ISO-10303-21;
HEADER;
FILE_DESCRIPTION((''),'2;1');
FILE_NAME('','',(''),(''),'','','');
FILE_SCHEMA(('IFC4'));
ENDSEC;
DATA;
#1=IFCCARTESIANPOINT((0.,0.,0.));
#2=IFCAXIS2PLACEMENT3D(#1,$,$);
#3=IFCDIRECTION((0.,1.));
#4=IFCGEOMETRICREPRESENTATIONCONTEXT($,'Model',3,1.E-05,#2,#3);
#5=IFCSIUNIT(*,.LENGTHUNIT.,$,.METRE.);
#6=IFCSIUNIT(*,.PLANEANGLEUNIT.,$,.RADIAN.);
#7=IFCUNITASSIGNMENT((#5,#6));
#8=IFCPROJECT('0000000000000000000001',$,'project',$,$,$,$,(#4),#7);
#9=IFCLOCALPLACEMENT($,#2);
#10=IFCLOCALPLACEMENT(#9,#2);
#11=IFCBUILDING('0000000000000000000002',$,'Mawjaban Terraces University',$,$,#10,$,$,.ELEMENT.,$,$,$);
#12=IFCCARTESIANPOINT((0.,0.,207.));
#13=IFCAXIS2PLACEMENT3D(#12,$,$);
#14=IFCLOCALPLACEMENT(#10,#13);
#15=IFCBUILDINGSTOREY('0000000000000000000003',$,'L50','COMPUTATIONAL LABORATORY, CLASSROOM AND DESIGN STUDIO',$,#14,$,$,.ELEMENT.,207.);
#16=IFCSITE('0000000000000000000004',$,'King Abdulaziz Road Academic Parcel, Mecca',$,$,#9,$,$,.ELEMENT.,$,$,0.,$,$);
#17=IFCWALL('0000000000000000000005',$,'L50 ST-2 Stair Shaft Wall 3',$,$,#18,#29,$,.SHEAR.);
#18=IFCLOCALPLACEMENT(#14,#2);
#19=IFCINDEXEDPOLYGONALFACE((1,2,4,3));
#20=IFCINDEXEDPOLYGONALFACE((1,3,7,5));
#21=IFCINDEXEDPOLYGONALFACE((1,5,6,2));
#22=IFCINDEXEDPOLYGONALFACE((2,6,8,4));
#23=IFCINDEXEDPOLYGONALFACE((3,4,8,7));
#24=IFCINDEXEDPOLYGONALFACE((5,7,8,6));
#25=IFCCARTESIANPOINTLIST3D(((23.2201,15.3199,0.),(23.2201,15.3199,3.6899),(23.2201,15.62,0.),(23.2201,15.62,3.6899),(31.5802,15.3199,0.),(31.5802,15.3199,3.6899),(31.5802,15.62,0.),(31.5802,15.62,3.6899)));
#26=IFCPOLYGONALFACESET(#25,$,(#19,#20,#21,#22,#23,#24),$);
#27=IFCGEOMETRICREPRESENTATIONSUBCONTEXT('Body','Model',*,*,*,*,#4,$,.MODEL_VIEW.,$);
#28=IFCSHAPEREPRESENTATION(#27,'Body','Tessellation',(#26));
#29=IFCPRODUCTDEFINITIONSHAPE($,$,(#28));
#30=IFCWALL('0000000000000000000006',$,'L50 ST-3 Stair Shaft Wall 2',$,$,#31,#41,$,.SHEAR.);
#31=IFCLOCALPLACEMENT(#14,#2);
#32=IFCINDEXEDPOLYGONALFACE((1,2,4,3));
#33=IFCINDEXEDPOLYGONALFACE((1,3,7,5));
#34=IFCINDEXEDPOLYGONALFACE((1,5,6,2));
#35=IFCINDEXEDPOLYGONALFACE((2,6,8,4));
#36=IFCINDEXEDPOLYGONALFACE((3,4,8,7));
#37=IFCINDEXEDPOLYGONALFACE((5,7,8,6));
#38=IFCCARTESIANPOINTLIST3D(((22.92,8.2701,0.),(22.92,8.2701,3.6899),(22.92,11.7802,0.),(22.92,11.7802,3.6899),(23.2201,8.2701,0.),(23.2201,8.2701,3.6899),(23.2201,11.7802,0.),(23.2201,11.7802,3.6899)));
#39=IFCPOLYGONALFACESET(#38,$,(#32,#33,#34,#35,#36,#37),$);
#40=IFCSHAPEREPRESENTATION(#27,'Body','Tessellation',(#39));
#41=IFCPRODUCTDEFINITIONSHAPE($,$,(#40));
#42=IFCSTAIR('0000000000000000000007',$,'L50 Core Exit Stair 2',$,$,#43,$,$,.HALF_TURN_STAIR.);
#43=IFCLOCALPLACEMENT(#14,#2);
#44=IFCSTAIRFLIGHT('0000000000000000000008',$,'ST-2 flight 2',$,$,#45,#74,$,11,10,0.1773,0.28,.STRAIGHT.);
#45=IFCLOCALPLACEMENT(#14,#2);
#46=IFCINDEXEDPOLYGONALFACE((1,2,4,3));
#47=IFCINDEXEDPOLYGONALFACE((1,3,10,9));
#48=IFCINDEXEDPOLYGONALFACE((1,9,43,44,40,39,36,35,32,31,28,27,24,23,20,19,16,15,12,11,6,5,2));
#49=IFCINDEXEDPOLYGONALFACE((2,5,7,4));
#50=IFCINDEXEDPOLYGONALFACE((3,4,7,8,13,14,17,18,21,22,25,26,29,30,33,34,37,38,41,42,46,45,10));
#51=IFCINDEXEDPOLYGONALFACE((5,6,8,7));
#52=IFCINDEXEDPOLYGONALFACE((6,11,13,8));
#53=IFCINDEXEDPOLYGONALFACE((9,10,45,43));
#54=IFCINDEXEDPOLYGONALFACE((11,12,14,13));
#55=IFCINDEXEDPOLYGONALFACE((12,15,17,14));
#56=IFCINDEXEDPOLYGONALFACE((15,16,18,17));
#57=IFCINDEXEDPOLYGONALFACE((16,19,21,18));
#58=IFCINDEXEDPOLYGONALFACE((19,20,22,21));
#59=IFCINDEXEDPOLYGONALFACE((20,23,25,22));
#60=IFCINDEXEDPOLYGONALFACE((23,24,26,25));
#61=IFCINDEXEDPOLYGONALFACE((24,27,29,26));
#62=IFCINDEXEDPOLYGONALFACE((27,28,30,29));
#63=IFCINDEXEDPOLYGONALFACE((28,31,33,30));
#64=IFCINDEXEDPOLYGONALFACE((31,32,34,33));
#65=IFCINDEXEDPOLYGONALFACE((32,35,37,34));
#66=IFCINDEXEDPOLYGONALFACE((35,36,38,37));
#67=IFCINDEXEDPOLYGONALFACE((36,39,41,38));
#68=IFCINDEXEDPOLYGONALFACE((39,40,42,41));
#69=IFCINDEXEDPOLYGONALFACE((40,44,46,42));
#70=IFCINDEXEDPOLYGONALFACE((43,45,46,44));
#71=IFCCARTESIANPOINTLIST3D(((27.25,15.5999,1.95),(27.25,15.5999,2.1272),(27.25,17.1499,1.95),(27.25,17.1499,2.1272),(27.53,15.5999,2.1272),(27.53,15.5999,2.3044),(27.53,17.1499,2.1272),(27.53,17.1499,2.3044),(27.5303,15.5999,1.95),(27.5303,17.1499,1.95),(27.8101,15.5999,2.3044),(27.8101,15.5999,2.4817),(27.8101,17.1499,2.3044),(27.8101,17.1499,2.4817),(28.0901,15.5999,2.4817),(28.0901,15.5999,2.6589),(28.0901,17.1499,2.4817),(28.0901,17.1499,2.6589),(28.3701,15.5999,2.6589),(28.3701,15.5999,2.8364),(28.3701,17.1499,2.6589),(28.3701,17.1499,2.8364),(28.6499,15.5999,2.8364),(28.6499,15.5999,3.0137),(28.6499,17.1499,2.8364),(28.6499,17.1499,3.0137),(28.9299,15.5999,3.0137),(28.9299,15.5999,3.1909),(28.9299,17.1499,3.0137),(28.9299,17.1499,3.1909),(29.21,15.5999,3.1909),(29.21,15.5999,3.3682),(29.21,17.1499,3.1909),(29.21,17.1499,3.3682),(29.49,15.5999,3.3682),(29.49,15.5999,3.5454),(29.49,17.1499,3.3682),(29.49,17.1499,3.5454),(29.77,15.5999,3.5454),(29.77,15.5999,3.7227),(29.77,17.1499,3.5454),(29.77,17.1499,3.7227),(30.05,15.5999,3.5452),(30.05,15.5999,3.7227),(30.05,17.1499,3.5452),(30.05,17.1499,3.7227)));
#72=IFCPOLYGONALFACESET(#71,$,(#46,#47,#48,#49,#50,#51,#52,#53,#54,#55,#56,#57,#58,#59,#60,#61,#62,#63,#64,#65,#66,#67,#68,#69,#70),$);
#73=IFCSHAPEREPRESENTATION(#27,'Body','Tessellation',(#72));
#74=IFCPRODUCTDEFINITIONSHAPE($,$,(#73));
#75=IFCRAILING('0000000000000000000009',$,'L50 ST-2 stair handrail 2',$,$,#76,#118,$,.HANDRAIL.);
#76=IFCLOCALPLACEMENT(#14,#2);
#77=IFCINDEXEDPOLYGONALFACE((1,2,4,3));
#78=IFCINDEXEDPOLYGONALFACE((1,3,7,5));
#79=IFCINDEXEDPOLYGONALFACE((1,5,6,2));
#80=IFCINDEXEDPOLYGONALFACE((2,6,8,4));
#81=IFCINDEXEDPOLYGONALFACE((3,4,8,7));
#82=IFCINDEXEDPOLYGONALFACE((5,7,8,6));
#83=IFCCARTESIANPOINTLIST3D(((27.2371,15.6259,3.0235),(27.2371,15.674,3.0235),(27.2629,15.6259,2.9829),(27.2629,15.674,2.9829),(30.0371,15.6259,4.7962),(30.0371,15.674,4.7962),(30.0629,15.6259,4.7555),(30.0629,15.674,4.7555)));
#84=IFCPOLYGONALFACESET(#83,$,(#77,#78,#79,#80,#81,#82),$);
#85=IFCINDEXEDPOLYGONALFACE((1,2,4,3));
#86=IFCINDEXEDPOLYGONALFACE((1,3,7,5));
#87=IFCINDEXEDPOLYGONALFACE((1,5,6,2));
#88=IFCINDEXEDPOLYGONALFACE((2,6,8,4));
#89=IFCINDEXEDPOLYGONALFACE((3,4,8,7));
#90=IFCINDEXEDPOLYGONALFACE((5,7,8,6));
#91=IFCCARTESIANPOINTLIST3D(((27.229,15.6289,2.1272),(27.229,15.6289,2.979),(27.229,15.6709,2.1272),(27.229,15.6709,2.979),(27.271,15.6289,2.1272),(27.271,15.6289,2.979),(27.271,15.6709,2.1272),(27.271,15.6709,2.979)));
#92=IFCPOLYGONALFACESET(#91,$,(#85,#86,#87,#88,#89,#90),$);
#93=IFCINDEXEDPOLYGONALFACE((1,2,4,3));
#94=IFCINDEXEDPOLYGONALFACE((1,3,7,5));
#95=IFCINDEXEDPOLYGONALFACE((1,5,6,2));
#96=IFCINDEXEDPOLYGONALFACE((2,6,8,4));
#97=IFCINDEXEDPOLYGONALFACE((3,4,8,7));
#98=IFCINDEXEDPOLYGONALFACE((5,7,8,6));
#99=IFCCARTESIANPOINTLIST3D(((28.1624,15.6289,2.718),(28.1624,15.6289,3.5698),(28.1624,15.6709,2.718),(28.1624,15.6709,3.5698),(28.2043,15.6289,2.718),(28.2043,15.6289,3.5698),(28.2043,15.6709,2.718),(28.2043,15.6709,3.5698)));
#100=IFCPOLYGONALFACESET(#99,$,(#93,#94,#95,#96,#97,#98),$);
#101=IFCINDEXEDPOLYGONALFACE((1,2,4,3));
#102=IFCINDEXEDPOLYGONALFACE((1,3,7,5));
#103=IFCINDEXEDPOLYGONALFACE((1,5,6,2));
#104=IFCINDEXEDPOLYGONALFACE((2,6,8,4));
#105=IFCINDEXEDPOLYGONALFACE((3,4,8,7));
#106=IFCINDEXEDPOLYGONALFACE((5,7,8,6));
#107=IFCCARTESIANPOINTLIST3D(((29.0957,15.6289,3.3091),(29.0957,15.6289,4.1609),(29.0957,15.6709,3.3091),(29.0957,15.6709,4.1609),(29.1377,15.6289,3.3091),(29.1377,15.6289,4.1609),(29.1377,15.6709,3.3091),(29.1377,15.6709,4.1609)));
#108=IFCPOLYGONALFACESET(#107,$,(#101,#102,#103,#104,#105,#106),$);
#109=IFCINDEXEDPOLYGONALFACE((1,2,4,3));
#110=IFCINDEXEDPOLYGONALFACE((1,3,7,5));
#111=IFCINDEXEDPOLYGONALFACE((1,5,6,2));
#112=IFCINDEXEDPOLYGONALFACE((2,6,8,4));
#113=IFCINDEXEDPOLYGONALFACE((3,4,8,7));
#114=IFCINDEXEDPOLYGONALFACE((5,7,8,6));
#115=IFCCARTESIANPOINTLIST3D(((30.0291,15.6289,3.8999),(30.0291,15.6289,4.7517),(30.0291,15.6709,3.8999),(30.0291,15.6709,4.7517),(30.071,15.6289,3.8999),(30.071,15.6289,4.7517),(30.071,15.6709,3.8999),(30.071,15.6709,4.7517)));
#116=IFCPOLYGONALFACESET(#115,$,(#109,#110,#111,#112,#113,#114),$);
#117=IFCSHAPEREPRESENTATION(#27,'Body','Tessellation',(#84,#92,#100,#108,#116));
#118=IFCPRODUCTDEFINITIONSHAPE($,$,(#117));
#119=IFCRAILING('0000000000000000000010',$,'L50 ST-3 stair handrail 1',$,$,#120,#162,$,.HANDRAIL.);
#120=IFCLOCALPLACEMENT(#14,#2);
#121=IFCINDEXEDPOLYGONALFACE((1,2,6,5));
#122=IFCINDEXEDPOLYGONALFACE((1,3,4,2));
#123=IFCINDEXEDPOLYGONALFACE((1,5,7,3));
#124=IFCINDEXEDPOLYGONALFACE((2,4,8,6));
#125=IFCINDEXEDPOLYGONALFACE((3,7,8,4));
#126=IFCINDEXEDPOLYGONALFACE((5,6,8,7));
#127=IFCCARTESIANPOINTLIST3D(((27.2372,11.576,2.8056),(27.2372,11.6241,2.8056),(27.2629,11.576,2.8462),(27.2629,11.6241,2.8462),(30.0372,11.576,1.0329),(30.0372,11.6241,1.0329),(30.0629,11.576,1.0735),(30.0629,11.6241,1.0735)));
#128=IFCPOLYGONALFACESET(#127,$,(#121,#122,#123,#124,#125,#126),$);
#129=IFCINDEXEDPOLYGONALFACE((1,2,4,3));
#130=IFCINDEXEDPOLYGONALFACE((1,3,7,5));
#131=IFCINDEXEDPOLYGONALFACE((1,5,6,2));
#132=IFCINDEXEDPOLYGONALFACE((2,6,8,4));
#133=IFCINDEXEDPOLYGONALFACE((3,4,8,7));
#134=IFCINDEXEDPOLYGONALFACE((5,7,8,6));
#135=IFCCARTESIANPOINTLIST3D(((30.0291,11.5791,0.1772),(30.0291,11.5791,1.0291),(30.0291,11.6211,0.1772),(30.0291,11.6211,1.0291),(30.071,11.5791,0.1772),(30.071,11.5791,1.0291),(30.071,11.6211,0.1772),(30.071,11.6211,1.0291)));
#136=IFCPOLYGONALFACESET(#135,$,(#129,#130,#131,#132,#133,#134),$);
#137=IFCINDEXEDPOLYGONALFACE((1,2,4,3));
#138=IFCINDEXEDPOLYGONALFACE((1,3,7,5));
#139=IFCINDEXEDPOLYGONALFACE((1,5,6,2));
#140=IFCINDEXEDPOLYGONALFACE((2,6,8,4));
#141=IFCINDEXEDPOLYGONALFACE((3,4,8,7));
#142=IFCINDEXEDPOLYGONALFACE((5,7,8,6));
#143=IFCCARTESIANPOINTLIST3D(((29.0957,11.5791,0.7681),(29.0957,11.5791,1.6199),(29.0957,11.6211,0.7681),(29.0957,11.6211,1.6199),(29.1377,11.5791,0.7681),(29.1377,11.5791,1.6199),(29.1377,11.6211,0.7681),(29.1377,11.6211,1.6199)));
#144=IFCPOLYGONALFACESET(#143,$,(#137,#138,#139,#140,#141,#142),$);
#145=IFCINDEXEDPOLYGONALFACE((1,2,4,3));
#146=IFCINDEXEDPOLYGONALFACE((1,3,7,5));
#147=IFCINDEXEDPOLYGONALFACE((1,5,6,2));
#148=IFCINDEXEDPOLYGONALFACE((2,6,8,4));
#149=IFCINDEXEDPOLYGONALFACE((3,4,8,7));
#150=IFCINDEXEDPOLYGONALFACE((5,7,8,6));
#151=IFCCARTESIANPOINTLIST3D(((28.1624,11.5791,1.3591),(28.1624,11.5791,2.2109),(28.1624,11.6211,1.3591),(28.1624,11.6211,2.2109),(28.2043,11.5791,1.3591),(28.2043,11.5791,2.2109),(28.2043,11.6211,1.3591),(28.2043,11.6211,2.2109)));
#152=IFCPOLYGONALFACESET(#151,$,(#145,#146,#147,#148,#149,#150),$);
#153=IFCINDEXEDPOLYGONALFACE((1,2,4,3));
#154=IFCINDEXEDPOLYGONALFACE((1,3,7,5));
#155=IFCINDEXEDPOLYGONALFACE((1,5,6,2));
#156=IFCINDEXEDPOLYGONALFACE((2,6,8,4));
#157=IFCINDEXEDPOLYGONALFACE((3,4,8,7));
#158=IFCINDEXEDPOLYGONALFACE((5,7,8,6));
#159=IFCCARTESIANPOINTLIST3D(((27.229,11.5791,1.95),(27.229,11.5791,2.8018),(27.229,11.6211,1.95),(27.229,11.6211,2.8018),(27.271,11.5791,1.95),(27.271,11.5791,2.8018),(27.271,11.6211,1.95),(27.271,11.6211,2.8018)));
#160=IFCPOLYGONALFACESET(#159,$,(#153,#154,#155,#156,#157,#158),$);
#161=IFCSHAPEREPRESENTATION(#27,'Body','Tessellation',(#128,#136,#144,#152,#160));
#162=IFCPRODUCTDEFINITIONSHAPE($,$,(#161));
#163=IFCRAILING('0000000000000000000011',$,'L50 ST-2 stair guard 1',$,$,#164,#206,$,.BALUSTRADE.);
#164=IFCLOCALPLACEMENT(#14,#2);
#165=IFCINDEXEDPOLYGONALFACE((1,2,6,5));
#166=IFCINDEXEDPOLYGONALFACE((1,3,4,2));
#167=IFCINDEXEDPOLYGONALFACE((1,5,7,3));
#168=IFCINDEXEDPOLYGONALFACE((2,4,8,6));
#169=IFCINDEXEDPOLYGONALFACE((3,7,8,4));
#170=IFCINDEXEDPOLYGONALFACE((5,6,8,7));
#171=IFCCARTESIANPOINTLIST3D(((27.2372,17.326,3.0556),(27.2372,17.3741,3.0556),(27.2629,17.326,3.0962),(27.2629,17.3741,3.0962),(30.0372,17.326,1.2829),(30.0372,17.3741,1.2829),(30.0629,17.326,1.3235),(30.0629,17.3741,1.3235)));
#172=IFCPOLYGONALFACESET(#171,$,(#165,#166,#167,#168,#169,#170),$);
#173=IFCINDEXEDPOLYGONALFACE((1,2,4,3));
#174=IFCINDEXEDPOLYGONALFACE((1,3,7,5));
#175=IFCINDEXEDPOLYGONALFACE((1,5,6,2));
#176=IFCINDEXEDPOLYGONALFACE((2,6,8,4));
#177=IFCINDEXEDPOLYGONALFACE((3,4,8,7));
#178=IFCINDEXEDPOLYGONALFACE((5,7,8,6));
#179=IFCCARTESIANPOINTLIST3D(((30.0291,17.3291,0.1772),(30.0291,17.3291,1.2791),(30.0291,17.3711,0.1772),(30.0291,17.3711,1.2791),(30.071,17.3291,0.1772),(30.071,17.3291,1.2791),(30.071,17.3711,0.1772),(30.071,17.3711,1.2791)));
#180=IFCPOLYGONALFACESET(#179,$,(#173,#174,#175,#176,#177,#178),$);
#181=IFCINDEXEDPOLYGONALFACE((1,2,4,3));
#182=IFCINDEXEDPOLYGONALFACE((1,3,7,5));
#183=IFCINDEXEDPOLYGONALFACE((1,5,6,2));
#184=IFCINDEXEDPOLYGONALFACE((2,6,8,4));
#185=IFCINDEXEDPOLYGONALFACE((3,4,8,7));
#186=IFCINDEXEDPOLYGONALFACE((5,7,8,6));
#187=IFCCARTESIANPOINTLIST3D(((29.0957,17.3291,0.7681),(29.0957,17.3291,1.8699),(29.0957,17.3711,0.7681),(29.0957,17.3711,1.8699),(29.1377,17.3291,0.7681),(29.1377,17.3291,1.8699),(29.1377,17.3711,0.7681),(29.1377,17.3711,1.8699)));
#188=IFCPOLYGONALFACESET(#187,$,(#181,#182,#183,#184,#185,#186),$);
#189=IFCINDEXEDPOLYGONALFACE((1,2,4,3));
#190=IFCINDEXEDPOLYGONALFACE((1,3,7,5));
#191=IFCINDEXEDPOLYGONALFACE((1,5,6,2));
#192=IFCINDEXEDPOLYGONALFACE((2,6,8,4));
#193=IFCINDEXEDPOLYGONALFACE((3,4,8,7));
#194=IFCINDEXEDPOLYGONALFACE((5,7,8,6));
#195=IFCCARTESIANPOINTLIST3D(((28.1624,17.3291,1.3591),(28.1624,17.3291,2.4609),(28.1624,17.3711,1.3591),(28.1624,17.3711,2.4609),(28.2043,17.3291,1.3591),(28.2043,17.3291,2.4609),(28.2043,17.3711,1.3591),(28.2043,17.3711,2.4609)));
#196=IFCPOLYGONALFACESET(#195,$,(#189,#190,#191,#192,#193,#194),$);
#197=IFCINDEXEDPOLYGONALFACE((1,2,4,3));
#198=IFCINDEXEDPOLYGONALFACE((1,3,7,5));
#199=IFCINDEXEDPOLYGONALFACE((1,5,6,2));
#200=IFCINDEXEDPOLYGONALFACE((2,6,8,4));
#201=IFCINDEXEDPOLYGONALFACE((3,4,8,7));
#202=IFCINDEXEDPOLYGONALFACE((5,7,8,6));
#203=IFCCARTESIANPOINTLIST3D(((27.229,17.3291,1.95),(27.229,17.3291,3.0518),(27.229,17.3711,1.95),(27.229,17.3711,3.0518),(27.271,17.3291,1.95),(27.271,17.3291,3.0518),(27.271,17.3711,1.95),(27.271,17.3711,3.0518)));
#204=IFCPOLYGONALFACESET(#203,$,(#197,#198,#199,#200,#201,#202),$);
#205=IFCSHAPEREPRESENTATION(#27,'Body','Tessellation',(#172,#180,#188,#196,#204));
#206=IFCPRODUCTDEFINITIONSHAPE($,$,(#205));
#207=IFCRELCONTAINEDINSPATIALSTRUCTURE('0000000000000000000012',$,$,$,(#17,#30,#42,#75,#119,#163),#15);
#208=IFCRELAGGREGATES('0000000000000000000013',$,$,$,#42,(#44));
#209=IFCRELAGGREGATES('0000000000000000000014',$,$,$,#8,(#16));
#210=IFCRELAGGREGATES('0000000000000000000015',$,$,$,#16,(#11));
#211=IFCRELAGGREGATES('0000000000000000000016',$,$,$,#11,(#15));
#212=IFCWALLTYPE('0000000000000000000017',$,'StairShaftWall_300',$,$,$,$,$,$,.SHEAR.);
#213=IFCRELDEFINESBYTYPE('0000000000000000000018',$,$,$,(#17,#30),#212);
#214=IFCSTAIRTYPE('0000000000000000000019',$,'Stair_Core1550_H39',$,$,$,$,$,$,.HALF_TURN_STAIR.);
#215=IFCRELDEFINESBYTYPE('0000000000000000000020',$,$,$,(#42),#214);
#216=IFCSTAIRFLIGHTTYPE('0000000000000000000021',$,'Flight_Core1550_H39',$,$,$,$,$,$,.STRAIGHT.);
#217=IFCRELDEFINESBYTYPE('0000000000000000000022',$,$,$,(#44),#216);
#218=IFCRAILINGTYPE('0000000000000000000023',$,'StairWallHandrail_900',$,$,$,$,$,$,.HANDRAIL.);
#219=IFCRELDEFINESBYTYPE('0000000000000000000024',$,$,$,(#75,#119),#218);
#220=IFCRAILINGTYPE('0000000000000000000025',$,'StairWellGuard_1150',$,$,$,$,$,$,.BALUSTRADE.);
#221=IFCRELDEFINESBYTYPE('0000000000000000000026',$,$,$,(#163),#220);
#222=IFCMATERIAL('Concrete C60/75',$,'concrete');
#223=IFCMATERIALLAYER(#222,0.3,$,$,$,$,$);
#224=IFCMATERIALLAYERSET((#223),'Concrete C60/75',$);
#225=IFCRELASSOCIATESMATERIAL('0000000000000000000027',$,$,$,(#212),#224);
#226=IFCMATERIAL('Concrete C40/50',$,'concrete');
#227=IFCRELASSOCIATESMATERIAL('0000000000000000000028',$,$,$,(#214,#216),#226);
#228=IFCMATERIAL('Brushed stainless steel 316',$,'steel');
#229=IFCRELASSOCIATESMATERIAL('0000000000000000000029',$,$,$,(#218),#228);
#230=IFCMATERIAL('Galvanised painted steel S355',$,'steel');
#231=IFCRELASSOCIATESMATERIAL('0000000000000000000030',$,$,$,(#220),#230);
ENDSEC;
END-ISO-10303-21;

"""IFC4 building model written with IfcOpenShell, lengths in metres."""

from ifc_helpers import new_model, si_unit, direction, frame, frame_2d, origin, origin_2d, place, context, subcontext, project, spatial, polyline, rectangle, outline, extrude, material, layer, layer_set, type_object, element, aggregate, save


model = new_model("IFC4")

# Units and contexts
model_context = context("Model", 3, precision=1e-05, world=origin(), true_north=direction((0.0, 1.0)))
body_context = subcontext(model_context, "Body", "Model", "MODEL_VIEW")
ifc_project = project(units=[si_unit("LENGTHUNIT", "METRE"), si_unit("PLANEANGLEUNIT", "RADIAN")], contexts=[model_context])

# Site, building, storey
site_placement = place(None, origin())
site = spatial("IfcSite", under=ifc_project, at=site_placement, Name="King Abdulaziz Road Academic Parcel, Mecca", CompositionType="ELEMENT", RefElevation=0.0)
building_placement = place(site_placement, origin())
building = spatial("IfcBuilding", under=site, at=building_placement, Name="Mawjaban Terraces University", CompositionType="ELEMENT")
storey_placement = place(building_placement, frame((0.0, 0.0, 207.0)))
storey = spatial("IfcBuildingStorey", under=building, at=storey_placement, Name="L50", Description="COMPUTATIONAL LABORATORY, CLASSROOM AND DESIGN STUDIO", CompositionType="ELEMENT", Elevation=207.0)

# Shared definitions
ifc_material_1 = material(Name="Concrete C60/75", Category="concrete")

# Walls
ifc_material_2 = material(Name="Concrete C40/50", Category="concrete")
ifc_layer_1 = layer(ifc_material_1, 0.3)
ifc_layer_set_1 = layer_set([ifc_layer_1], Name="Concrete C60/75")
wall_type_1 = type_object("IfcWallType", Name="StairShaftWall_300", PredefinedType="SHEAR", material=ifc_layer_set_1)
wall_1_placement = place(storey_placement, frame((23.22, 15.47, 0.0), z_axis=(0.0, 0.0, 1.0), x_axis=(1.0, 0.0, 0.0)))
element("IfcWall", 1, at=wall_1_placement, inside=storey, type_object=wall_type_1, Name="L50 ST-2 Stair Shaft Wall 3", PredefinedType="SHEAR", context=body_context, shape_type="SweptSolid", body=[
    extrude(rectangle(XDim=8.3601, YDim=0.3, at=frame_2d((4.1802, 0.0))), origin(), (0.0, 0.0, 1.0), 3.6899),
])
wall_2_placement = place(storey_placement, frame((23.0701, 11.78, 0.0), z_axis=(0.0, 0.0, 1.0), x_axis=(0.0, -1.0, 0.0)))
element("IfcWall", 2, at=wall_2_placement, inside=storey, type_object=wall_type_1, Name="L50 ST-3 Stair Shaft Wall 2", PredefinedType="SHEAR", context=body_context, shape_type="SweptSolid", body=[
    extrude(rectangle(XDim=3.51, YDim=0.3, at=frame_2d((1.7549, 0.0))), origin(), (0.0, 0.0, 1.0), 3.6899),
])

# Stair, stair flight
stair_type = type_object("IfcStairType", Name="Stair_Core1550_H39", PredefinedType="HALF_TURN_STAIR", material=ifc_material_2)
stair_placement = place(storey_placement, origin())
stair = element("IfcStair", 3, at=stair_placement, inside=storey, type_object=stair_type, Name="L50 Core Exit Stair 2", PredefinedType="HALF_TURN_STAIR")
stair_flight_type = type_object("IfcStairFlightType", Name="Flight_Core1550_H39", PredefinedType="STRAIGHT", material=ifc_material_2)
stair_flight_placement = place(storey_placement, frame((27.25, 16.375, 1.95), z_axis=(0.0, 0.0, 1.0), x_axis=(1.0, 0.0, 0.0)))
stair_flight = element("IfcStairFlight", 4, at=stair_flight_placement, type_object=stair_flight_type, Name="ST-2 flight 2", NumberOfRisers=11, NumberOfTreads=10, PredefinedType="STRAIGHT", RiserHeight=0.1773, TreadLength=0.28, context=body_context, shape_type="SweptSolid", body=[
    extrude(outline(polyline([(0.0, 0.0), (0.0, 0.1772), (0.28, 0.1772), (0.28, 0.3545), (0.5601, 0.3545), (0.5601, 0.5317), (0.8401, 0.5317), (0.8401, 0.709), (1.1201, 0.709), (1.1201, 0.8865), (1.3999, 0.8865), (1.3999, 1.0637), (1.6799, 1.0637), (1.6799, 1.241), (1.96, 1.241), (1.96, 1.4182), (2.24, 1.4182), (2.24, 1.5955), (2.52, 1.5955), (2.52, 1.7727), (2.8, 1.7727), (2.8, 1.95), (2.8, 1.5952), (0.2803, 0.0), (0.0, 0.0)])), frame((0.0, 0.7749, 0.0), z_axis=(0.0, -1.0, 0.0), x_axis=(1.0, 0.0, 0.0)), (0.0, 0.0, 1.0), 1.55),
])
aggregate(stair, [stair_flight])

# Railings
ifc_material_3 = material(Name="Brushed stainless steel 316", Category="steel")
railing_type_1 = type_object("IfcRailingType", Name="StairWallHandrail_900", PredefinedType="HANDRAIL", material=ifc_material_3)
railing_1_placement = place(storey_placement, frame((27.25, 15.6499, 2.1272)))
element("IfcRailing", 5, at=railing_1_placement, inside=storey, type_object=railing_type_1, Name="L50 ST-2 stair handrail 2", PredefinedType="HANDRAIL", context=body_context, shape_type="SweptSolid", body=[
    extrude(rectangle(XDim=0.0481, YDim=0.0481, at=origin_2d()), frame((0.0, 0.0, 0.876), z_axis=(0.844909, 0.0, 0.53491), x_axis=(0.0, 1.0, 0.0)), (0.0, 0.0, 1.0), 3.314),
    extrude(rectangle(XDim=0.042, YDim=0.042, at=origin_2d()), origin(), (0.0, 0.0, 1.0), 0.8518),
    extrude(rectangle(XDim=0.042, YDim=0.042, at=origin_2d()), frame((0.9333, 0.0, 0.5908)), (0.0, 0.0, 1.0), 0.8518),
    extrude(rectangle(XDim=0.042, YDim=0.042, at=origin_2d()), frame((1.8667, 0.0, 1.1819)), (0.0, 0.0, 1.0), 0.8518),
    extrude(rectangle(XDim=0.042, YDim=0.042, at=origin_2d()), frame((2.8, 0.0, 1.7727)), (0.0, 0.0, 1.0), 0.8518),
])
railing_2_placement = place(storey_placement, frame((30.05, 11.6001, 0.1772)))
element("IfcRailing", 6, at=railing_2_placement, inside=storey, type_object=railing_type_1, Name="L50 ST-3 stair handrail 1", PredefinedType="HANDRAIL", context=body_context, shape_type="SweptSolid", body=[
    extrude(rectangle(XDim=0.0481, YDim=0.0481, at=origin_2d()), frame((0.0, 0.0, 0.876), z_axis=(-0.844909, 0.0, 0.53491), x_axis=(0.0, -1.0, 0.0)), (0.0, 0.0, 1.0), 3.314),
    extrude(rectangle(XDim=0.042, YDim=0.042, at=origin_2d()), origin(), (0.0, 0.0, 1.0), 0.8518),
    extrude(rectangle(XDim=0.042, YDim=0.042, at=origin_2d()), frame((-0.9333, 0.0, 0.5908)), (0.0, 0.0, 1.0), 0.8518),
    extrude(rectangle(XDim=0.042, YDim=0.042, at=origin_2d()), frame((-1.8667, 0.0, 1.1819)), (0.0, 0.0, 1.0), 0.8518),
    extrude(rectangle(XDim=0.042, YDim=0.042, at=origin_2d()), frame((-2.8, 0.0, 1.7727)), (0.0, 0.0, 1.0), 0.8518),
])
ifc_material_4 = material(Name="Galvanised painted steel S355", Category="steel")
railing_type_2 = type_object("IfcRailingType", Name="StairWellGuard_1150", PredefinedType="BALUSTRADE", material=ifc_material_4)
railing_3_placement = place(storey_placement, frame((30.05, 17.3501, 0.1772)))
element("IfcRailing", 7, at=railing_3_placement, inside=storey, type_object=railing_type_2, Name="L50 ST-2 stair guard 1", PredefinedType="BALUSTRADE", context=body_context, shape_type="SweptSolid", body=[
    extrude(rectangle(XDim=0.0481, YDim=0.0481, at=origin_2d()), frame((0.0, 0.0, 1.126), z_axis=(-0.844909, 0.0, 0.53491), x_axis=(0.0, -1.0, 0.0)), (0.0, 0.0, 1.0), 3.314),
    extrude(rectangle(XDim=0.042, YDim=0.042, at=origin_2d()), origin(), (0.0, 0.0, 1.0), 1.1018),
    extrude(rectangle(XDim=0.042, YDim=0.042, at=origin_2d()), frame((-0.9333, 0.0, 0.5908)), (0.0, 0.0, 1.0), 1.1018),
    extrude(rectangle(XDim=0.042, YDim=0.042, at=origin_2d()), frame((-1.8667, 0.0, 1.1819)), (0.0, 0.0, 1.0), 1.1018),
    extrude(rectangle(XDim=0.042, YDim=0.042, at=origin_2d()), frame((-2.8, 0.0, 1.7727)), (0.0, 0.0, 1.0), 1.1018),
])

save(model, "model.ifc")
